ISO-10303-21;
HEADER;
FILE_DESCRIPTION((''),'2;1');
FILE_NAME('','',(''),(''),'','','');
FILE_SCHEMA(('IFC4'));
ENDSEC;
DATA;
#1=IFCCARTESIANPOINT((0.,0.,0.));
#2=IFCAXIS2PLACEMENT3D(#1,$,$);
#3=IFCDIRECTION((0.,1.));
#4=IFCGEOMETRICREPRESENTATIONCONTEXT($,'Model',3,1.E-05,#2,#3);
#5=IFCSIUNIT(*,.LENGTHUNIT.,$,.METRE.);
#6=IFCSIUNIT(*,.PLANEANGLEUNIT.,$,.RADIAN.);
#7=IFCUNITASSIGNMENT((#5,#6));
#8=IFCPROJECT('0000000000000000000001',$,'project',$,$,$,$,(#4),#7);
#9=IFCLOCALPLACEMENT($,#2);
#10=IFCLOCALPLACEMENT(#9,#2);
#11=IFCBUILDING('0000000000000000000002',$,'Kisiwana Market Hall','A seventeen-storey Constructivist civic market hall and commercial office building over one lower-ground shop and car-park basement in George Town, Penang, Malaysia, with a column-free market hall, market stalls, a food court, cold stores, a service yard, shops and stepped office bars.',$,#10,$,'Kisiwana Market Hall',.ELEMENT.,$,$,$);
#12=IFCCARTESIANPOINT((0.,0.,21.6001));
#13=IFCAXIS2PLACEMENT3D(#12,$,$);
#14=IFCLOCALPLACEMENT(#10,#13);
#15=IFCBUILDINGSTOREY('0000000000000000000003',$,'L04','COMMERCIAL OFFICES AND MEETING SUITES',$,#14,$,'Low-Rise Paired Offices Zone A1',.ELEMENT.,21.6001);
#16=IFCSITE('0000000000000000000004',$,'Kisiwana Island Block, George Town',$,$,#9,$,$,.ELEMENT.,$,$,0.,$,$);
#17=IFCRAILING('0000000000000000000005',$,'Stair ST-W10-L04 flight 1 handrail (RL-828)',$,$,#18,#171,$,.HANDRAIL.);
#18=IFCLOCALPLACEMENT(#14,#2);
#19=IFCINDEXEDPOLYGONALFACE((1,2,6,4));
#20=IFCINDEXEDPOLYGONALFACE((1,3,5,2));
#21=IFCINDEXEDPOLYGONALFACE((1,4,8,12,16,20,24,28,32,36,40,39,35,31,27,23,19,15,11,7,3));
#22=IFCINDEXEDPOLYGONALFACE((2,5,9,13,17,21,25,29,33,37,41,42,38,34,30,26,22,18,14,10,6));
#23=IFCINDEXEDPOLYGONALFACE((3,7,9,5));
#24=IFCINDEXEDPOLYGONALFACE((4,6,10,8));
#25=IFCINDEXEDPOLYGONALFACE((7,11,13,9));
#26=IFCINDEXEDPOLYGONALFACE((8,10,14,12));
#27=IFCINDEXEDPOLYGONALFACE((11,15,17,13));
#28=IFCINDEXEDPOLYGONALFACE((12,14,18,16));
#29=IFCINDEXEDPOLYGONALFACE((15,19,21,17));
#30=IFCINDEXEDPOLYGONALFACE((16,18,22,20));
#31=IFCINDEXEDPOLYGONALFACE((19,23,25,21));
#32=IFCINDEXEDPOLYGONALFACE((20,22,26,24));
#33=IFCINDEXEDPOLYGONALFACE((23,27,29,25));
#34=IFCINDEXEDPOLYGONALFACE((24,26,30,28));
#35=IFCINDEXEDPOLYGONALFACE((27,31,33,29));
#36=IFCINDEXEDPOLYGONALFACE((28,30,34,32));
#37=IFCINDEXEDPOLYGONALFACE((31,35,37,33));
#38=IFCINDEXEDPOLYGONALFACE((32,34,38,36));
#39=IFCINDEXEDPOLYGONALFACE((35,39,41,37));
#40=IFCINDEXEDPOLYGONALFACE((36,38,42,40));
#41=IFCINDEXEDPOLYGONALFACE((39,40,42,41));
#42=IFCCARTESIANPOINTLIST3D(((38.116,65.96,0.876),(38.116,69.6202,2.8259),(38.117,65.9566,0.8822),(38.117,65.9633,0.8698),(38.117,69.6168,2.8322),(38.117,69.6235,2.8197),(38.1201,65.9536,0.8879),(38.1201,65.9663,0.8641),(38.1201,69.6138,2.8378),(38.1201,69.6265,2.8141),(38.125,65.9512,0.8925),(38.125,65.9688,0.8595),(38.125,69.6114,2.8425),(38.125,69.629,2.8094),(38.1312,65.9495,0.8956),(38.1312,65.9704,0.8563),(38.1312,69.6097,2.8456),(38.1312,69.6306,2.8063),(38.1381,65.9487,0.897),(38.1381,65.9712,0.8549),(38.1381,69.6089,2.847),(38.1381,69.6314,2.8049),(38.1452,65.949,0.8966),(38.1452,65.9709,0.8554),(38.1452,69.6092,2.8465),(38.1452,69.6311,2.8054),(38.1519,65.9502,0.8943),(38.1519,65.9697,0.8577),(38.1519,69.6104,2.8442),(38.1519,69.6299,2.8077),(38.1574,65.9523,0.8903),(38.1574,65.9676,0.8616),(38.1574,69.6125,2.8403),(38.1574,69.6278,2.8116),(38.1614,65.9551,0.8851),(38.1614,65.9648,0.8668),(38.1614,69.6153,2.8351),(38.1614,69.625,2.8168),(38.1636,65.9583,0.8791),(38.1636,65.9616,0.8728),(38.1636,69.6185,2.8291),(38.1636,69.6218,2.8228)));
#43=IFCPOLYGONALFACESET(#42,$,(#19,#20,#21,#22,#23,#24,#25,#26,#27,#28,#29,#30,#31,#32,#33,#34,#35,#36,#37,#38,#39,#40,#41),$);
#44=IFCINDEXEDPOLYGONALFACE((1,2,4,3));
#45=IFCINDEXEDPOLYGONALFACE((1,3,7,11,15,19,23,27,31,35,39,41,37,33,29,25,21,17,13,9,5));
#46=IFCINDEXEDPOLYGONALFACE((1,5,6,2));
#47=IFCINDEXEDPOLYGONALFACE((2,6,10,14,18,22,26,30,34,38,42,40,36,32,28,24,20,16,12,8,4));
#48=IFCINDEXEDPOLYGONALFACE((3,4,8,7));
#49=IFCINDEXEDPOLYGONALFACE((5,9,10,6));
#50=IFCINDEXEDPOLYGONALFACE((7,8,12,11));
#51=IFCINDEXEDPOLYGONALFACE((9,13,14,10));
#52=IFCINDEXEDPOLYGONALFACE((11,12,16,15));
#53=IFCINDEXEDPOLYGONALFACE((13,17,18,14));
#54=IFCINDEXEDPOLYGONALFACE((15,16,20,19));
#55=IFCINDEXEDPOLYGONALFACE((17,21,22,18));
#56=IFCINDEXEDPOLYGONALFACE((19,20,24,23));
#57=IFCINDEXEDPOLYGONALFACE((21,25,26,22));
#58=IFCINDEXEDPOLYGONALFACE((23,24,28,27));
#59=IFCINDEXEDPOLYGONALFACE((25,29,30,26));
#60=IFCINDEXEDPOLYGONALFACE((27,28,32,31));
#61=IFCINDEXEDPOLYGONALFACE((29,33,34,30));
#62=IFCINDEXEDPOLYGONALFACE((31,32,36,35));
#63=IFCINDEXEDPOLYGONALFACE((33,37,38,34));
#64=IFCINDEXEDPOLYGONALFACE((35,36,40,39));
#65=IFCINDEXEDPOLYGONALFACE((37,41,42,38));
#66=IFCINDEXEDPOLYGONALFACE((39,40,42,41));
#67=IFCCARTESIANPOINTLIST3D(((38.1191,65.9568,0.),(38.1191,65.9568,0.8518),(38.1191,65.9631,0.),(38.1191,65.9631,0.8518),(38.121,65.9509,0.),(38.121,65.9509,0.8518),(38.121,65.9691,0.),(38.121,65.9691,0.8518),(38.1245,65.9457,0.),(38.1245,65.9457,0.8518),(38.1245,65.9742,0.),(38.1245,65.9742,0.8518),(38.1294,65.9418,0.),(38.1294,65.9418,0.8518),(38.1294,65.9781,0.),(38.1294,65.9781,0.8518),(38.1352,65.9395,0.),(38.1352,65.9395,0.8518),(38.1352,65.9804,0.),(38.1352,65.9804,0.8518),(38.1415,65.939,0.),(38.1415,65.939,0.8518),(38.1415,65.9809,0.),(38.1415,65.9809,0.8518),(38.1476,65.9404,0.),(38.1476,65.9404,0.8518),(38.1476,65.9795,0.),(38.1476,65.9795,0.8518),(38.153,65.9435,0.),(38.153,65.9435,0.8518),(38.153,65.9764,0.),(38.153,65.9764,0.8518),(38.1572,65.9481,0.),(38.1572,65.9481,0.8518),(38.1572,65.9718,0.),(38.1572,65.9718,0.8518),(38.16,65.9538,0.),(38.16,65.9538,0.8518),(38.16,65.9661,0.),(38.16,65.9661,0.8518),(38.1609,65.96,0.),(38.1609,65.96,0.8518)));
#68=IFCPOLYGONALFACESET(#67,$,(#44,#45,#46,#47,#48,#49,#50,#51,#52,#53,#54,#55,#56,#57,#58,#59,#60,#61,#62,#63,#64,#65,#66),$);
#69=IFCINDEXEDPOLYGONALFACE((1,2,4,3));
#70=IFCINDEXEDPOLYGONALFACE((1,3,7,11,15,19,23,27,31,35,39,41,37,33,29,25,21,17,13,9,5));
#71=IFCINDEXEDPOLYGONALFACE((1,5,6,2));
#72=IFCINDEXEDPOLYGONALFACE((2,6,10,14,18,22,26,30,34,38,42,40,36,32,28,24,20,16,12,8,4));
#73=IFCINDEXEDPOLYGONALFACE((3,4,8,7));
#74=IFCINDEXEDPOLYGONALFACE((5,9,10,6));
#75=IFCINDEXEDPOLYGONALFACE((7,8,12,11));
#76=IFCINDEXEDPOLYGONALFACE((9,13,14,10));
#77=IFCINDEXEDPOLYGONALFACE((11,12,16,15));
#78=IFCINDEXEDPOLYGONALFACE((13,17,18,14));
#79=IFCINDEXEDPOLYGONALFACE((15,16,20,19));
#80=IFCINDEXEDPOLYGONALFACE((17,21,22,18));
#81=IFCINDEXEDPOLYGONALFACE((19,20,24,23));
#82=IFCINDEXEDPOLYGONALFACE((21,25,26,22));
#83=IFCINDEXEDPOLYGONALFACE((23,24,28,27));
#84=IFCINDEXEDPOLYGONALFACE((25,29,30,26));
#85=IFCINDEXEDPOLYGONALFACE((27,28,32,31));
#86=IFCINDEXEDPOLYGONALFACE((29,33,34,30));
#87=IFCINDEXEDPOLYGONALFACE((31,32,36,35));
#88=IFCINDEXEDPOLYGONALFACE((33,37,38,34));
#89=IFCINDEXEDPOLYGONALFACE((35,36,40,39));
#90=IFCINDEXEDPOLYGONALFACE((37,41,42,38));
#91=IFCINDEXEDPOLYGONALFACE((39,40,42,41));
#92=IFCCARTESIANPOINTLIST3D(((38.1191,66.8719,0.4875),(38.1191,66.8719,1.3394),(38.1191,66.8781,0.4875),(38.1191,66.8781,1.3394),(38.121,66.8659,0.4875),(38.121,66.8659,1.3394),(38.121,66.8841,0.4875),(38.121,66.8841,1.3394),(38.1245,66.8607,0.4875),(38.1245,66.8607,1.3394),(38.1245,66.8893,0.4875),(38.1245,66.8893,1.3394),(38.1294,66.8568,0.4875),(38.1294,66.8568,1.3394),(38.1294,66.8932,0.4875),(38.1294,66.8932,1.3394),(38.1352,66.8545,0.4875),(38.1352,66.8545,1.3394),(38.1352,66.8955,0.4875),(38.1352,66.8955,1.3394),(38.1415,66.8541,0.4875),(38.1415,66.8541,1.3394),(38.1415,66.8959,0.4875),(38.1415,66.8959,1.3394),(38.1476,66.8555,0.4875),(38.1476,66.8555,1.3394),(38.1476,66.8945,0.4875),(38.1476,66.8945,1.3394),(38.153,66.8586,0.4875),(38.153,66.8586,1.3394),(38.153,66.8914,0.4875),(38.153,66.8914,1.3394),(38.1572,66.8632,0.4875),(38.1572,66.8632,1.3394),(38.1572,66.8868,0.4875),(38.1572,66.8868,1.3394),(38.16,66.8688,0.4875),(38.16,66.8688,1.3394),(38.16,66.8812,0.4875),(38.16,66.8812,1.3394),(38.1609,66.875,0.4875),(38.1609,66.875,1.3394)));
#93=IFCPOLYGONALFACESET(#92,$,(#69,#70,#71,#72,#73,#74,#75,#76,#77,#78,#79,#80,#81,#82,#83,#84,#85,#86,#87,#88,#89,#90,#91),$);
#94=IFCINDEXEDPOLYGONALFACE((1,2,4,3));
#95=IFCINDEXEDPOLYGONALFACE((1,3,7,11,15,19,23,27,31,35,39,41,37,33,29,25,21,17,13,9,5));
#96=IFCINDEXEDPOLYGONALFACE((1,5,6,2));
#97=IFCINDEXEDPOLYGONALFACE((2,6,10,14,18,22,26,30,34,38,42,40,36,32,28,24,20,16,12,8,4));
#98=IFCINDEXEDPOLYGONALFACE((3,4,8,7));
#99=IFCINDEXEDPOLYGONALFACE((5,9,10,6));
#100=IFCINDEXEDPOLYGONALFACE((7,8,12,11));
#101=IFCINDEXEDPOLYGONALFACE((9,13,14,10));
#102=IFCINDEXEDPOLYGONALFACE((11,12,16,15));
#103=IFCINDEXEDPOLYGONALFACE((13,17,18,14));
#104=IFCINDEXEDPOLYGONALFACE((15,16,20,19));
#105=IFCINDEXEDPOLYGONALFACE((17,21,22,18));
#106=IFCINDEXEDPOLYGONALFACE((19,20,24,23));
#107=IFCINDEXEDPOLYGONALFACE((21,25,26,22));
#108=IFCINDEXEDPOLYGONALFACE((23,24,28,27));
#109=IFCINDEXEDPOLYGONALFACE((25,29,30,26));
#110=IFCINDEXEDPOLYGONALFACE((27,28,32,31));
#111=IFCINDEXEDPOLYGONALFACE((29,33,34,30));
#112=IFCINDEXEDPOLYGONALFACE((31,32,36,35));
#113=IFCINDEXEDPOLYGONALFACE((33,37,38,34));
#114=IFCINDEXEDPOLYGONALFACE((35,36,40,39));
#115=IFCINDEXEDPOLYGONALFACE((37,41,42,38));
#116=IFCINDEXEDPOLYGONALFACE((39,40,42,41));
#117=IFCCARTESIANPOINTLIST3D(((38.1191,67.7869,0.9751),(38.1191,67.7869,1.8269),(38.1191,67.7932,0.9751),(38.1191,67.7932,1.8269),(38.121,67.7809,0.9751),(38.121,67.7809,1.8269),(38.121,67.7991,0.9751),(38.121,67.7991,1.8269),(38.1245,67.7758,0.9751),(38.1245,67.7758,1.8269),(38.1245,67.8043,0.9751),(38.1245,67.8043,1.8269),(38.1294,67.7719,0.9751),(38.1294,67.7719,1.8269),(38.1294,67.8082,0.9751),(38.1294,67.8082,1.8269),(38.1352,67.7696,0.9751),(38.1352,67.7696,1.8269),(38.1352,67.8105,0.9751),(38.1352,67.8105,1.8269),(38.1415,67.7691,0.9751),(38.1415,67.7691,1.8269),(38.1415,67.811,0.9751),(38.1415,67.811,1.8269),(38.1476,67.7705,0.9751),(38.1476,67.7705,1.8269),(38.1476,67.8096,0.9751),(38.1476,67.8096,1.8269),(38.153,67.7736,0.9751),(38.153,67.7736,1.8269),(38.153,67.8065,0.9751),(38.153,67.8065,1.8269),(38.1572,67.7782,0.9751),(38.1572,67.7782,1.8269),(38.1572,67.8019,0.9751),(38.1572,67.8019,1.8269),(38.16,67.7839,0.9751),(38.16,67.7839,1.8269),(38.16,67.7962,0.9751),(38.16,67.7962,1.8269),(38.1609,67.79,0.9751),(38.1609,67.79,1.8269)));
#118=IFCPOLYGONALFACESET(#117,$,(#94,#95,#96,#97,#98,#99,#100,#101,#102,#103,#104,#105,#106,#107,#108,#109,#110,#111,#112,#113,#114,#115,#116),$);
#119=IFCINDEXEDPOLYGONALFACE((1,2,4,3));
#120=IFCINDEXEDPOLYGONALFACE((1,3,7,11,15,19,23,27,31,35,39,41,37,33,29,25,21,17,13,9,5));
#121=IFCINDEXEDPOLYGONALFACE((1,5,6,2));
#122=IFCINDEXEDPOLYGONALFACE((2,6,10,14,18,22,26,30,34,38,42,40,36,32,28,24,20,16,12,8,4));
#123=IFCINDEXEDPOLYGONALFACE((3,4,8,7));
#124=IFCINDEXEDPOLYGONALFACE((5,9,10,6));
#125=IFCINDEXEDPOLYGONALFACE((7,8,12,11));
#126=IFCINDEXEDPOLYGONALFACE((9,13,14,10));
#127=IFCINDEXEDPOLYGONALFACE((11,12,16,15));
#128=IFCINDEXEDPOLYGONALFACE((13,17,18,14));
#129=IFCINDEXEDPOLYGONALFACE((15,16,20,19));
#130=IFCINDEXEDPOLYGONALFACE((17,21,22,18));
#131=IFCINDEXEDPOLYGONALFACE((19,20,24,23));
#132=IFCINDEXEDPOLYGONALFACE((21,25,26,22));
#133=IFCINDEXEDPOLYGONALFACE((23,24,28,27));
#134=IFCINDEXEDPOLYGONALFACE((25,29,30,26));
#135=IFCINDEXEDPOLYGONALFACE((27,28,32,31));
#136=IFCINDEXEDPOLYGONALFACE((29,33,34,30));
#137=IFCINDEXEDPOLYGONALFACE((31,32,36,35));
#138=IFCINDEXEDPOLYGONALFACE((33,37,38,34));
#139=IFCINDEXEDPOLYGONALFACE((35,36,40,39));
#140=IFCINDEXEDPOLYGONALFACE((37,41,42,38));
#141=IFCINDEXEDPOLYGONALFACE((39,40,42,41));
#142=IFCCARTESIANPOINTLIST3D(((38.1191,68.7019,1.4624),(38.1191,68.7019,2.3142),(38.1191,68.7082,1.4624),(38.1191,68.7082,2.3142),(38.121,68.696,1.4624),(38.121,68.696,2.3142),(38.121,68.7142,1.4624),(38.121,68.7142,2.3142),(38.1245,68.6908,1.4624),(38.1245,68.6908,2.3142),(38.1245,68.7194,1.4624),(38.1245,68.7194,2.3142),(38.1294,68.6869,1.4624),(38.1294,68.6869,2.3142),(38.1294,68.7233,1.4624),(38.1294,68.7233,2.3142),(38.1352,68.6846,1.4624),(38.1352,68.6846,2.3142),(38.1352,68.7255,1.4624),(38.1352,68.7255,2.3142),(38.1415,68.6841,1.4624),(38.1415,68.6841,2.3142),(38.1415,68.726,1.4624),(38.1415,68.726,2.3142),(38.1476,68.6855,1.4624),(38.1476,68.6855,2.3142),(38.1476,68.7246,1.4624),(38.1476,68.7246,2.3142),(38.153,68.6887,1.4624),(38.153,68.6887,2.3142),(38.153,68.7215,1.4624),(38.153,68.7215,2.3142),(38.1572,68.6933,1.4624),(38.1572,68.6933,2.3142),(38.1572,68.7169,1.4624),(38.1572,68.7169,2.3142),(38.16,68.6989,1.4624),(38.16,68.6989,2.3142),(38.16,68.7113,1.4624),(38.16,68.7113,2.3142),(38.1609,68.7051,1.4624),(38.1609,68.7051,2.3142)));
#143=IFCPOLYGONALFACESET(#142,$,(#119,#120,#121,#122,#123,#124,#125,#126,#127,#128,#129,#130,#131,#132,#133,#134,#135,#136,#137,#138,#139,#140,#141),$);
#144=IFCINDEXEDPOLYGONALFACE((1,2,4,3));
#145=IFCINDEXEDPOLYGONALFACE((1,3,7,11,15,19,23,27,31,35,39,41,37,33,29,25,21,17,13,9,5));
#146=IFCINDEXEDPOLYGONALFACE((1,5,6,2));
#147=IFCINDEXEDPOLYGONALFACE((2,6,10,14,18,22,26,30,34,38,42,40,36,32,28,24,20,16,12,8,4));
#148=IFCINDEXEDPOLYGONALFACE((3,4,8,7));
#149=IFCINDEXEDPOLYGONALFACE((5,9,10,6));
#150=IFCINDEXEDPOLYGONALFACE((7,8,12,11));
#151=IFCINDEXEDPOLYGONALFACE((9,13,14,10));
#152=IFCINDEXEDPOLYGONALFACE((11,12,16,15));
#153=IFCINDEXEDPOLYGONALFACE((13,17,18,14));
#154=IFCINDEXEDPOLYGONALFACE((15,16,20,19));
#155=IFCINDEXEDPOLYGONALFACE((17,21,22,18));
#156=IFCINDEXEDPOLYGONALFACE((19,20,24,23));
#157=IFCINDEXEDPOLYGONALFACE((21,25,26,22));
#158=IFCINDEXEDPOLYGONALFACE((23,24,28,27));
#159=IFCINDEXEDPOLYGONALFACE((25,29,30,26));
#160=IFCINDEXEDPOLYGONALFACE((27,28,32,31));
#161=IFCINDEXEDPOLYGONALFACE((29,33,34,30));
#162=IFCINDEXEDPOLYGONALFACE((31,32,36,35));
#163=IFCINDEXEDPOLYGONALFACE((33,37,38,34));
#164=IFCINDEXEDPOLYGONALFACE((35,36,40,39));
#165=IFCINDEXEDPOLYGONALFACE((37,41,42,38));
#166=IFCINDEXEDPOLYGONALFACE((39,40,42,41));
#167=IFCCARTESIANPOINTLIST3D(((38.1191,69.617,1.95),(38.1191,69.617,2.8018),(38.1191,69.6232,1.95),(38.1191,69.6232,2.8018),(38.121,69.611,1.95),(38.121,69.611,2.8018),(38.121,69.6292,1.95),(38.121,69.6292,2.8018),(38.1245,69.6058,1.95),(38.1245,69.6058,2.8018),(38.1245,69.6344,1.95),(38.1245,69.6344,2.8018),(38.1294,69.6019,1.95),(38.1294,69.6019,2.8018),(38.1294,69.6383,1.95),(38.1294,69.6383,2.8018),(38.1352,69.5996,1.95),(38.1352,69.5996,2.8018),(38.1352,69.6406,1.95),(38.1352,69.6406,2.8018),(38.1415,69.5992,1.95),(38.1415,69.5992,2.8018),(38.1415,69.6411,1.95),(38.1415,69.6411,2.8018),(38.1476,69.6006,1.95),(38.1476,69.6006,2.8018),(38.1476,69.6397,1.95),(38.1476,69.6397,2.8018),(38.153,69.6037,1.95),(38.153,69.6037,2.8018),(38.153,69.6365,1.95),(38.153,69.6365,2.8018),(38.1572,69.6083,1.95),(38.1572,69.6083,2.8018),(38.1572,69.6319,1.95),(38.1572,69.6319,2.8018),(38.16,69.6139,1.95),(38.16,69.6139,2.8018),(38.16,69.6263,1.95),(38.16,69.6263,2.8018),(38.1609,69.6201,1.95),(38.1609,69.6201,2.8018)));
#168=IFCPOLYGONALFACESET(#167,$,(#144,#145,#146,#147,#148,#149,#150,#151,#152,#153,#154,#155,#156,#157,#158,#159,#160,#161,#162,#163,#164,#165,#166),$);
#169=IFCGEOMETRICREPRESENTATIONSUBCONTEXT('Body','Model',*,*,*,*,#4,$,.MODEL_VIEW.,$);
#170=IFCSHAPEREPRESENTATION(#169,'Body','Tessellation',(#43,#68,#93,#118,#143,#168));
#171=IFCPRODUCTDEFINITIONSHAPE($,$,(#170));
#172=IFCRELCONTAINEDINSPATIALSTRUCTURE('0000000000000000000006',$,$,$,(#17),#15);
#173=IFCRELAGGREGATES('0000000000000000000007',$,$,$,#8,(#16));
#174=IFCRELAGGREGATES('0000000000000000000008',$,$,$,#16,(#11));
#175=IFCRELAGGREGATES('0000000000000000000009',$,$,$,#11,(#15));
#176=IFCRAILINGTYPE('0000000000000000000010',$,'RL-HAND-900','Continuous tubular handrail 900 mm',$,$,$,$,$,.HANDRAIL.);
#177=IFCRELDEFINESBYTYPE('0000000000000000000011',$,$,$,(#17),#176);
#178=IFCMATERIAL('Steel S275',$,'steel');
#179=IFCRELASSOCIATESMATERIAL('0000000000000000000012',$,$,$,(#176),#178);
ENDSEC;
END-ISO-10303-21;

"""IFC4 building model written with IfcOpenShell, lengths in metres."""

from ifc_helpers import new_model, si_unit, direction, frame, origin, origin_2d, place, context, subcontext, project, spatial, circle, extrude, material, type_object, element, save


model = new_model("IFC4")

# Units and contexts
model_context = context("Model", 3, precision=1e-05, world=origin(), true_north=direction((0.0, 1.0)))
body_context = subcontext(model_context, "Body", "Model", "MODEL_VIEW")
ifc_project = project(units=[si_unit("LENGTHUNIT", "METRE"), si_unit("PLANEANGLEUNIT", "RADIAN")], contexts=[model_context])

# Site, building, storey
site_placement = place(None, origin())
site = spatial("IfcSite", under=ifc_project, at=site_placement, Name="Kisiwana Island Block, George Town", CompositionType="ELEMENT", RefElevation=0.0)
building_placement = place(site_placement, origin())
building = spatial("IfcBuilding", under=site, at=building_placement, Name="Kisiwana Market Hall", Description="A seventeen-storey Constructivist civic market hall and commercial office building over one lower-ground shop and car-park basement in George Town, Penang, Malaysia, with a column-free market hall, market stalls, a food court, cold stores, a service yard, shops and stepped office bars.", LongName="Kisiwana Market Hall", CompositionType="ELEMENT")
storey_placement = place(building_placement, frame((0.0, 0.0, 21.6001)))
storey = spatial("IfcBuildingStorey", under=building, at=storey_placement, Name="L04", Description="COMMERCIAL OFFICES AND MEETING SUITES", LongName="Low-Rise Paired Offices Zone A1", CompositionType="ELEMENT", Elevation=21.6001)

# Railing
ifc_material_1 = material(Name="Steel S275", Category="steel")
railing_type_1 = type_object("IfcRailingType", Name="RL-HAND-900", Description="Continuous tubular handrail 900 mm", PredefinedType="HANDRAIL", material=ifc_material_1)
railing_1_placement = place(storey_placement, frame((38.1399, 65.96, 0.0)))
element("IfcRailing", 1, at=railing_1_placement, inside=storey, type_object=railing_type_1, Name="Stair ST-W10-L04 flight 1 handrail (RL-828)", PredefinedType="HANDRAIL", context=body_context, shape_type="SweptSolid", body=[
    extrude(circle(Radius=0.0239, at=origin_2d()), frame((0.0, 0.0, 0.876), z_axis=(0.0, 0.882566, 0.470188), x_axis=(-1.0, 0.0, 0.0)), (0.0, 0.0, 1.0), 4.1472),
    extrude(circle(Radius=0.021, at=origin_2d()), origin(), (0.0, 0.0, 1.0), 0.8518),
    extrude(circle(Radius=0.021, at=origin_2d()), frame((0.0, 0.915, 0.4875)), (0.0, 0.0, 1.0), 0.8518),
    extrude(circle(Radius=0.021, at=origin_2d()), frame((0.0, 1.8301, 0.9751)), (0.0, 0.0, 1.0), 0.8518),
    extrude(circle(Radius=0.021, at=origin_2d()), frame((0.0, 2.7451, 1.4624)), (0.0, 0.0, 1.0), 0.8518),
    extrude(circle(Radius=0.021, at=origin_2d()), frame((0.0, 3.6602, 1.95)), (0.0, 0.0, 1.0), 0.8518),
])

save(model, "model.ifc")
